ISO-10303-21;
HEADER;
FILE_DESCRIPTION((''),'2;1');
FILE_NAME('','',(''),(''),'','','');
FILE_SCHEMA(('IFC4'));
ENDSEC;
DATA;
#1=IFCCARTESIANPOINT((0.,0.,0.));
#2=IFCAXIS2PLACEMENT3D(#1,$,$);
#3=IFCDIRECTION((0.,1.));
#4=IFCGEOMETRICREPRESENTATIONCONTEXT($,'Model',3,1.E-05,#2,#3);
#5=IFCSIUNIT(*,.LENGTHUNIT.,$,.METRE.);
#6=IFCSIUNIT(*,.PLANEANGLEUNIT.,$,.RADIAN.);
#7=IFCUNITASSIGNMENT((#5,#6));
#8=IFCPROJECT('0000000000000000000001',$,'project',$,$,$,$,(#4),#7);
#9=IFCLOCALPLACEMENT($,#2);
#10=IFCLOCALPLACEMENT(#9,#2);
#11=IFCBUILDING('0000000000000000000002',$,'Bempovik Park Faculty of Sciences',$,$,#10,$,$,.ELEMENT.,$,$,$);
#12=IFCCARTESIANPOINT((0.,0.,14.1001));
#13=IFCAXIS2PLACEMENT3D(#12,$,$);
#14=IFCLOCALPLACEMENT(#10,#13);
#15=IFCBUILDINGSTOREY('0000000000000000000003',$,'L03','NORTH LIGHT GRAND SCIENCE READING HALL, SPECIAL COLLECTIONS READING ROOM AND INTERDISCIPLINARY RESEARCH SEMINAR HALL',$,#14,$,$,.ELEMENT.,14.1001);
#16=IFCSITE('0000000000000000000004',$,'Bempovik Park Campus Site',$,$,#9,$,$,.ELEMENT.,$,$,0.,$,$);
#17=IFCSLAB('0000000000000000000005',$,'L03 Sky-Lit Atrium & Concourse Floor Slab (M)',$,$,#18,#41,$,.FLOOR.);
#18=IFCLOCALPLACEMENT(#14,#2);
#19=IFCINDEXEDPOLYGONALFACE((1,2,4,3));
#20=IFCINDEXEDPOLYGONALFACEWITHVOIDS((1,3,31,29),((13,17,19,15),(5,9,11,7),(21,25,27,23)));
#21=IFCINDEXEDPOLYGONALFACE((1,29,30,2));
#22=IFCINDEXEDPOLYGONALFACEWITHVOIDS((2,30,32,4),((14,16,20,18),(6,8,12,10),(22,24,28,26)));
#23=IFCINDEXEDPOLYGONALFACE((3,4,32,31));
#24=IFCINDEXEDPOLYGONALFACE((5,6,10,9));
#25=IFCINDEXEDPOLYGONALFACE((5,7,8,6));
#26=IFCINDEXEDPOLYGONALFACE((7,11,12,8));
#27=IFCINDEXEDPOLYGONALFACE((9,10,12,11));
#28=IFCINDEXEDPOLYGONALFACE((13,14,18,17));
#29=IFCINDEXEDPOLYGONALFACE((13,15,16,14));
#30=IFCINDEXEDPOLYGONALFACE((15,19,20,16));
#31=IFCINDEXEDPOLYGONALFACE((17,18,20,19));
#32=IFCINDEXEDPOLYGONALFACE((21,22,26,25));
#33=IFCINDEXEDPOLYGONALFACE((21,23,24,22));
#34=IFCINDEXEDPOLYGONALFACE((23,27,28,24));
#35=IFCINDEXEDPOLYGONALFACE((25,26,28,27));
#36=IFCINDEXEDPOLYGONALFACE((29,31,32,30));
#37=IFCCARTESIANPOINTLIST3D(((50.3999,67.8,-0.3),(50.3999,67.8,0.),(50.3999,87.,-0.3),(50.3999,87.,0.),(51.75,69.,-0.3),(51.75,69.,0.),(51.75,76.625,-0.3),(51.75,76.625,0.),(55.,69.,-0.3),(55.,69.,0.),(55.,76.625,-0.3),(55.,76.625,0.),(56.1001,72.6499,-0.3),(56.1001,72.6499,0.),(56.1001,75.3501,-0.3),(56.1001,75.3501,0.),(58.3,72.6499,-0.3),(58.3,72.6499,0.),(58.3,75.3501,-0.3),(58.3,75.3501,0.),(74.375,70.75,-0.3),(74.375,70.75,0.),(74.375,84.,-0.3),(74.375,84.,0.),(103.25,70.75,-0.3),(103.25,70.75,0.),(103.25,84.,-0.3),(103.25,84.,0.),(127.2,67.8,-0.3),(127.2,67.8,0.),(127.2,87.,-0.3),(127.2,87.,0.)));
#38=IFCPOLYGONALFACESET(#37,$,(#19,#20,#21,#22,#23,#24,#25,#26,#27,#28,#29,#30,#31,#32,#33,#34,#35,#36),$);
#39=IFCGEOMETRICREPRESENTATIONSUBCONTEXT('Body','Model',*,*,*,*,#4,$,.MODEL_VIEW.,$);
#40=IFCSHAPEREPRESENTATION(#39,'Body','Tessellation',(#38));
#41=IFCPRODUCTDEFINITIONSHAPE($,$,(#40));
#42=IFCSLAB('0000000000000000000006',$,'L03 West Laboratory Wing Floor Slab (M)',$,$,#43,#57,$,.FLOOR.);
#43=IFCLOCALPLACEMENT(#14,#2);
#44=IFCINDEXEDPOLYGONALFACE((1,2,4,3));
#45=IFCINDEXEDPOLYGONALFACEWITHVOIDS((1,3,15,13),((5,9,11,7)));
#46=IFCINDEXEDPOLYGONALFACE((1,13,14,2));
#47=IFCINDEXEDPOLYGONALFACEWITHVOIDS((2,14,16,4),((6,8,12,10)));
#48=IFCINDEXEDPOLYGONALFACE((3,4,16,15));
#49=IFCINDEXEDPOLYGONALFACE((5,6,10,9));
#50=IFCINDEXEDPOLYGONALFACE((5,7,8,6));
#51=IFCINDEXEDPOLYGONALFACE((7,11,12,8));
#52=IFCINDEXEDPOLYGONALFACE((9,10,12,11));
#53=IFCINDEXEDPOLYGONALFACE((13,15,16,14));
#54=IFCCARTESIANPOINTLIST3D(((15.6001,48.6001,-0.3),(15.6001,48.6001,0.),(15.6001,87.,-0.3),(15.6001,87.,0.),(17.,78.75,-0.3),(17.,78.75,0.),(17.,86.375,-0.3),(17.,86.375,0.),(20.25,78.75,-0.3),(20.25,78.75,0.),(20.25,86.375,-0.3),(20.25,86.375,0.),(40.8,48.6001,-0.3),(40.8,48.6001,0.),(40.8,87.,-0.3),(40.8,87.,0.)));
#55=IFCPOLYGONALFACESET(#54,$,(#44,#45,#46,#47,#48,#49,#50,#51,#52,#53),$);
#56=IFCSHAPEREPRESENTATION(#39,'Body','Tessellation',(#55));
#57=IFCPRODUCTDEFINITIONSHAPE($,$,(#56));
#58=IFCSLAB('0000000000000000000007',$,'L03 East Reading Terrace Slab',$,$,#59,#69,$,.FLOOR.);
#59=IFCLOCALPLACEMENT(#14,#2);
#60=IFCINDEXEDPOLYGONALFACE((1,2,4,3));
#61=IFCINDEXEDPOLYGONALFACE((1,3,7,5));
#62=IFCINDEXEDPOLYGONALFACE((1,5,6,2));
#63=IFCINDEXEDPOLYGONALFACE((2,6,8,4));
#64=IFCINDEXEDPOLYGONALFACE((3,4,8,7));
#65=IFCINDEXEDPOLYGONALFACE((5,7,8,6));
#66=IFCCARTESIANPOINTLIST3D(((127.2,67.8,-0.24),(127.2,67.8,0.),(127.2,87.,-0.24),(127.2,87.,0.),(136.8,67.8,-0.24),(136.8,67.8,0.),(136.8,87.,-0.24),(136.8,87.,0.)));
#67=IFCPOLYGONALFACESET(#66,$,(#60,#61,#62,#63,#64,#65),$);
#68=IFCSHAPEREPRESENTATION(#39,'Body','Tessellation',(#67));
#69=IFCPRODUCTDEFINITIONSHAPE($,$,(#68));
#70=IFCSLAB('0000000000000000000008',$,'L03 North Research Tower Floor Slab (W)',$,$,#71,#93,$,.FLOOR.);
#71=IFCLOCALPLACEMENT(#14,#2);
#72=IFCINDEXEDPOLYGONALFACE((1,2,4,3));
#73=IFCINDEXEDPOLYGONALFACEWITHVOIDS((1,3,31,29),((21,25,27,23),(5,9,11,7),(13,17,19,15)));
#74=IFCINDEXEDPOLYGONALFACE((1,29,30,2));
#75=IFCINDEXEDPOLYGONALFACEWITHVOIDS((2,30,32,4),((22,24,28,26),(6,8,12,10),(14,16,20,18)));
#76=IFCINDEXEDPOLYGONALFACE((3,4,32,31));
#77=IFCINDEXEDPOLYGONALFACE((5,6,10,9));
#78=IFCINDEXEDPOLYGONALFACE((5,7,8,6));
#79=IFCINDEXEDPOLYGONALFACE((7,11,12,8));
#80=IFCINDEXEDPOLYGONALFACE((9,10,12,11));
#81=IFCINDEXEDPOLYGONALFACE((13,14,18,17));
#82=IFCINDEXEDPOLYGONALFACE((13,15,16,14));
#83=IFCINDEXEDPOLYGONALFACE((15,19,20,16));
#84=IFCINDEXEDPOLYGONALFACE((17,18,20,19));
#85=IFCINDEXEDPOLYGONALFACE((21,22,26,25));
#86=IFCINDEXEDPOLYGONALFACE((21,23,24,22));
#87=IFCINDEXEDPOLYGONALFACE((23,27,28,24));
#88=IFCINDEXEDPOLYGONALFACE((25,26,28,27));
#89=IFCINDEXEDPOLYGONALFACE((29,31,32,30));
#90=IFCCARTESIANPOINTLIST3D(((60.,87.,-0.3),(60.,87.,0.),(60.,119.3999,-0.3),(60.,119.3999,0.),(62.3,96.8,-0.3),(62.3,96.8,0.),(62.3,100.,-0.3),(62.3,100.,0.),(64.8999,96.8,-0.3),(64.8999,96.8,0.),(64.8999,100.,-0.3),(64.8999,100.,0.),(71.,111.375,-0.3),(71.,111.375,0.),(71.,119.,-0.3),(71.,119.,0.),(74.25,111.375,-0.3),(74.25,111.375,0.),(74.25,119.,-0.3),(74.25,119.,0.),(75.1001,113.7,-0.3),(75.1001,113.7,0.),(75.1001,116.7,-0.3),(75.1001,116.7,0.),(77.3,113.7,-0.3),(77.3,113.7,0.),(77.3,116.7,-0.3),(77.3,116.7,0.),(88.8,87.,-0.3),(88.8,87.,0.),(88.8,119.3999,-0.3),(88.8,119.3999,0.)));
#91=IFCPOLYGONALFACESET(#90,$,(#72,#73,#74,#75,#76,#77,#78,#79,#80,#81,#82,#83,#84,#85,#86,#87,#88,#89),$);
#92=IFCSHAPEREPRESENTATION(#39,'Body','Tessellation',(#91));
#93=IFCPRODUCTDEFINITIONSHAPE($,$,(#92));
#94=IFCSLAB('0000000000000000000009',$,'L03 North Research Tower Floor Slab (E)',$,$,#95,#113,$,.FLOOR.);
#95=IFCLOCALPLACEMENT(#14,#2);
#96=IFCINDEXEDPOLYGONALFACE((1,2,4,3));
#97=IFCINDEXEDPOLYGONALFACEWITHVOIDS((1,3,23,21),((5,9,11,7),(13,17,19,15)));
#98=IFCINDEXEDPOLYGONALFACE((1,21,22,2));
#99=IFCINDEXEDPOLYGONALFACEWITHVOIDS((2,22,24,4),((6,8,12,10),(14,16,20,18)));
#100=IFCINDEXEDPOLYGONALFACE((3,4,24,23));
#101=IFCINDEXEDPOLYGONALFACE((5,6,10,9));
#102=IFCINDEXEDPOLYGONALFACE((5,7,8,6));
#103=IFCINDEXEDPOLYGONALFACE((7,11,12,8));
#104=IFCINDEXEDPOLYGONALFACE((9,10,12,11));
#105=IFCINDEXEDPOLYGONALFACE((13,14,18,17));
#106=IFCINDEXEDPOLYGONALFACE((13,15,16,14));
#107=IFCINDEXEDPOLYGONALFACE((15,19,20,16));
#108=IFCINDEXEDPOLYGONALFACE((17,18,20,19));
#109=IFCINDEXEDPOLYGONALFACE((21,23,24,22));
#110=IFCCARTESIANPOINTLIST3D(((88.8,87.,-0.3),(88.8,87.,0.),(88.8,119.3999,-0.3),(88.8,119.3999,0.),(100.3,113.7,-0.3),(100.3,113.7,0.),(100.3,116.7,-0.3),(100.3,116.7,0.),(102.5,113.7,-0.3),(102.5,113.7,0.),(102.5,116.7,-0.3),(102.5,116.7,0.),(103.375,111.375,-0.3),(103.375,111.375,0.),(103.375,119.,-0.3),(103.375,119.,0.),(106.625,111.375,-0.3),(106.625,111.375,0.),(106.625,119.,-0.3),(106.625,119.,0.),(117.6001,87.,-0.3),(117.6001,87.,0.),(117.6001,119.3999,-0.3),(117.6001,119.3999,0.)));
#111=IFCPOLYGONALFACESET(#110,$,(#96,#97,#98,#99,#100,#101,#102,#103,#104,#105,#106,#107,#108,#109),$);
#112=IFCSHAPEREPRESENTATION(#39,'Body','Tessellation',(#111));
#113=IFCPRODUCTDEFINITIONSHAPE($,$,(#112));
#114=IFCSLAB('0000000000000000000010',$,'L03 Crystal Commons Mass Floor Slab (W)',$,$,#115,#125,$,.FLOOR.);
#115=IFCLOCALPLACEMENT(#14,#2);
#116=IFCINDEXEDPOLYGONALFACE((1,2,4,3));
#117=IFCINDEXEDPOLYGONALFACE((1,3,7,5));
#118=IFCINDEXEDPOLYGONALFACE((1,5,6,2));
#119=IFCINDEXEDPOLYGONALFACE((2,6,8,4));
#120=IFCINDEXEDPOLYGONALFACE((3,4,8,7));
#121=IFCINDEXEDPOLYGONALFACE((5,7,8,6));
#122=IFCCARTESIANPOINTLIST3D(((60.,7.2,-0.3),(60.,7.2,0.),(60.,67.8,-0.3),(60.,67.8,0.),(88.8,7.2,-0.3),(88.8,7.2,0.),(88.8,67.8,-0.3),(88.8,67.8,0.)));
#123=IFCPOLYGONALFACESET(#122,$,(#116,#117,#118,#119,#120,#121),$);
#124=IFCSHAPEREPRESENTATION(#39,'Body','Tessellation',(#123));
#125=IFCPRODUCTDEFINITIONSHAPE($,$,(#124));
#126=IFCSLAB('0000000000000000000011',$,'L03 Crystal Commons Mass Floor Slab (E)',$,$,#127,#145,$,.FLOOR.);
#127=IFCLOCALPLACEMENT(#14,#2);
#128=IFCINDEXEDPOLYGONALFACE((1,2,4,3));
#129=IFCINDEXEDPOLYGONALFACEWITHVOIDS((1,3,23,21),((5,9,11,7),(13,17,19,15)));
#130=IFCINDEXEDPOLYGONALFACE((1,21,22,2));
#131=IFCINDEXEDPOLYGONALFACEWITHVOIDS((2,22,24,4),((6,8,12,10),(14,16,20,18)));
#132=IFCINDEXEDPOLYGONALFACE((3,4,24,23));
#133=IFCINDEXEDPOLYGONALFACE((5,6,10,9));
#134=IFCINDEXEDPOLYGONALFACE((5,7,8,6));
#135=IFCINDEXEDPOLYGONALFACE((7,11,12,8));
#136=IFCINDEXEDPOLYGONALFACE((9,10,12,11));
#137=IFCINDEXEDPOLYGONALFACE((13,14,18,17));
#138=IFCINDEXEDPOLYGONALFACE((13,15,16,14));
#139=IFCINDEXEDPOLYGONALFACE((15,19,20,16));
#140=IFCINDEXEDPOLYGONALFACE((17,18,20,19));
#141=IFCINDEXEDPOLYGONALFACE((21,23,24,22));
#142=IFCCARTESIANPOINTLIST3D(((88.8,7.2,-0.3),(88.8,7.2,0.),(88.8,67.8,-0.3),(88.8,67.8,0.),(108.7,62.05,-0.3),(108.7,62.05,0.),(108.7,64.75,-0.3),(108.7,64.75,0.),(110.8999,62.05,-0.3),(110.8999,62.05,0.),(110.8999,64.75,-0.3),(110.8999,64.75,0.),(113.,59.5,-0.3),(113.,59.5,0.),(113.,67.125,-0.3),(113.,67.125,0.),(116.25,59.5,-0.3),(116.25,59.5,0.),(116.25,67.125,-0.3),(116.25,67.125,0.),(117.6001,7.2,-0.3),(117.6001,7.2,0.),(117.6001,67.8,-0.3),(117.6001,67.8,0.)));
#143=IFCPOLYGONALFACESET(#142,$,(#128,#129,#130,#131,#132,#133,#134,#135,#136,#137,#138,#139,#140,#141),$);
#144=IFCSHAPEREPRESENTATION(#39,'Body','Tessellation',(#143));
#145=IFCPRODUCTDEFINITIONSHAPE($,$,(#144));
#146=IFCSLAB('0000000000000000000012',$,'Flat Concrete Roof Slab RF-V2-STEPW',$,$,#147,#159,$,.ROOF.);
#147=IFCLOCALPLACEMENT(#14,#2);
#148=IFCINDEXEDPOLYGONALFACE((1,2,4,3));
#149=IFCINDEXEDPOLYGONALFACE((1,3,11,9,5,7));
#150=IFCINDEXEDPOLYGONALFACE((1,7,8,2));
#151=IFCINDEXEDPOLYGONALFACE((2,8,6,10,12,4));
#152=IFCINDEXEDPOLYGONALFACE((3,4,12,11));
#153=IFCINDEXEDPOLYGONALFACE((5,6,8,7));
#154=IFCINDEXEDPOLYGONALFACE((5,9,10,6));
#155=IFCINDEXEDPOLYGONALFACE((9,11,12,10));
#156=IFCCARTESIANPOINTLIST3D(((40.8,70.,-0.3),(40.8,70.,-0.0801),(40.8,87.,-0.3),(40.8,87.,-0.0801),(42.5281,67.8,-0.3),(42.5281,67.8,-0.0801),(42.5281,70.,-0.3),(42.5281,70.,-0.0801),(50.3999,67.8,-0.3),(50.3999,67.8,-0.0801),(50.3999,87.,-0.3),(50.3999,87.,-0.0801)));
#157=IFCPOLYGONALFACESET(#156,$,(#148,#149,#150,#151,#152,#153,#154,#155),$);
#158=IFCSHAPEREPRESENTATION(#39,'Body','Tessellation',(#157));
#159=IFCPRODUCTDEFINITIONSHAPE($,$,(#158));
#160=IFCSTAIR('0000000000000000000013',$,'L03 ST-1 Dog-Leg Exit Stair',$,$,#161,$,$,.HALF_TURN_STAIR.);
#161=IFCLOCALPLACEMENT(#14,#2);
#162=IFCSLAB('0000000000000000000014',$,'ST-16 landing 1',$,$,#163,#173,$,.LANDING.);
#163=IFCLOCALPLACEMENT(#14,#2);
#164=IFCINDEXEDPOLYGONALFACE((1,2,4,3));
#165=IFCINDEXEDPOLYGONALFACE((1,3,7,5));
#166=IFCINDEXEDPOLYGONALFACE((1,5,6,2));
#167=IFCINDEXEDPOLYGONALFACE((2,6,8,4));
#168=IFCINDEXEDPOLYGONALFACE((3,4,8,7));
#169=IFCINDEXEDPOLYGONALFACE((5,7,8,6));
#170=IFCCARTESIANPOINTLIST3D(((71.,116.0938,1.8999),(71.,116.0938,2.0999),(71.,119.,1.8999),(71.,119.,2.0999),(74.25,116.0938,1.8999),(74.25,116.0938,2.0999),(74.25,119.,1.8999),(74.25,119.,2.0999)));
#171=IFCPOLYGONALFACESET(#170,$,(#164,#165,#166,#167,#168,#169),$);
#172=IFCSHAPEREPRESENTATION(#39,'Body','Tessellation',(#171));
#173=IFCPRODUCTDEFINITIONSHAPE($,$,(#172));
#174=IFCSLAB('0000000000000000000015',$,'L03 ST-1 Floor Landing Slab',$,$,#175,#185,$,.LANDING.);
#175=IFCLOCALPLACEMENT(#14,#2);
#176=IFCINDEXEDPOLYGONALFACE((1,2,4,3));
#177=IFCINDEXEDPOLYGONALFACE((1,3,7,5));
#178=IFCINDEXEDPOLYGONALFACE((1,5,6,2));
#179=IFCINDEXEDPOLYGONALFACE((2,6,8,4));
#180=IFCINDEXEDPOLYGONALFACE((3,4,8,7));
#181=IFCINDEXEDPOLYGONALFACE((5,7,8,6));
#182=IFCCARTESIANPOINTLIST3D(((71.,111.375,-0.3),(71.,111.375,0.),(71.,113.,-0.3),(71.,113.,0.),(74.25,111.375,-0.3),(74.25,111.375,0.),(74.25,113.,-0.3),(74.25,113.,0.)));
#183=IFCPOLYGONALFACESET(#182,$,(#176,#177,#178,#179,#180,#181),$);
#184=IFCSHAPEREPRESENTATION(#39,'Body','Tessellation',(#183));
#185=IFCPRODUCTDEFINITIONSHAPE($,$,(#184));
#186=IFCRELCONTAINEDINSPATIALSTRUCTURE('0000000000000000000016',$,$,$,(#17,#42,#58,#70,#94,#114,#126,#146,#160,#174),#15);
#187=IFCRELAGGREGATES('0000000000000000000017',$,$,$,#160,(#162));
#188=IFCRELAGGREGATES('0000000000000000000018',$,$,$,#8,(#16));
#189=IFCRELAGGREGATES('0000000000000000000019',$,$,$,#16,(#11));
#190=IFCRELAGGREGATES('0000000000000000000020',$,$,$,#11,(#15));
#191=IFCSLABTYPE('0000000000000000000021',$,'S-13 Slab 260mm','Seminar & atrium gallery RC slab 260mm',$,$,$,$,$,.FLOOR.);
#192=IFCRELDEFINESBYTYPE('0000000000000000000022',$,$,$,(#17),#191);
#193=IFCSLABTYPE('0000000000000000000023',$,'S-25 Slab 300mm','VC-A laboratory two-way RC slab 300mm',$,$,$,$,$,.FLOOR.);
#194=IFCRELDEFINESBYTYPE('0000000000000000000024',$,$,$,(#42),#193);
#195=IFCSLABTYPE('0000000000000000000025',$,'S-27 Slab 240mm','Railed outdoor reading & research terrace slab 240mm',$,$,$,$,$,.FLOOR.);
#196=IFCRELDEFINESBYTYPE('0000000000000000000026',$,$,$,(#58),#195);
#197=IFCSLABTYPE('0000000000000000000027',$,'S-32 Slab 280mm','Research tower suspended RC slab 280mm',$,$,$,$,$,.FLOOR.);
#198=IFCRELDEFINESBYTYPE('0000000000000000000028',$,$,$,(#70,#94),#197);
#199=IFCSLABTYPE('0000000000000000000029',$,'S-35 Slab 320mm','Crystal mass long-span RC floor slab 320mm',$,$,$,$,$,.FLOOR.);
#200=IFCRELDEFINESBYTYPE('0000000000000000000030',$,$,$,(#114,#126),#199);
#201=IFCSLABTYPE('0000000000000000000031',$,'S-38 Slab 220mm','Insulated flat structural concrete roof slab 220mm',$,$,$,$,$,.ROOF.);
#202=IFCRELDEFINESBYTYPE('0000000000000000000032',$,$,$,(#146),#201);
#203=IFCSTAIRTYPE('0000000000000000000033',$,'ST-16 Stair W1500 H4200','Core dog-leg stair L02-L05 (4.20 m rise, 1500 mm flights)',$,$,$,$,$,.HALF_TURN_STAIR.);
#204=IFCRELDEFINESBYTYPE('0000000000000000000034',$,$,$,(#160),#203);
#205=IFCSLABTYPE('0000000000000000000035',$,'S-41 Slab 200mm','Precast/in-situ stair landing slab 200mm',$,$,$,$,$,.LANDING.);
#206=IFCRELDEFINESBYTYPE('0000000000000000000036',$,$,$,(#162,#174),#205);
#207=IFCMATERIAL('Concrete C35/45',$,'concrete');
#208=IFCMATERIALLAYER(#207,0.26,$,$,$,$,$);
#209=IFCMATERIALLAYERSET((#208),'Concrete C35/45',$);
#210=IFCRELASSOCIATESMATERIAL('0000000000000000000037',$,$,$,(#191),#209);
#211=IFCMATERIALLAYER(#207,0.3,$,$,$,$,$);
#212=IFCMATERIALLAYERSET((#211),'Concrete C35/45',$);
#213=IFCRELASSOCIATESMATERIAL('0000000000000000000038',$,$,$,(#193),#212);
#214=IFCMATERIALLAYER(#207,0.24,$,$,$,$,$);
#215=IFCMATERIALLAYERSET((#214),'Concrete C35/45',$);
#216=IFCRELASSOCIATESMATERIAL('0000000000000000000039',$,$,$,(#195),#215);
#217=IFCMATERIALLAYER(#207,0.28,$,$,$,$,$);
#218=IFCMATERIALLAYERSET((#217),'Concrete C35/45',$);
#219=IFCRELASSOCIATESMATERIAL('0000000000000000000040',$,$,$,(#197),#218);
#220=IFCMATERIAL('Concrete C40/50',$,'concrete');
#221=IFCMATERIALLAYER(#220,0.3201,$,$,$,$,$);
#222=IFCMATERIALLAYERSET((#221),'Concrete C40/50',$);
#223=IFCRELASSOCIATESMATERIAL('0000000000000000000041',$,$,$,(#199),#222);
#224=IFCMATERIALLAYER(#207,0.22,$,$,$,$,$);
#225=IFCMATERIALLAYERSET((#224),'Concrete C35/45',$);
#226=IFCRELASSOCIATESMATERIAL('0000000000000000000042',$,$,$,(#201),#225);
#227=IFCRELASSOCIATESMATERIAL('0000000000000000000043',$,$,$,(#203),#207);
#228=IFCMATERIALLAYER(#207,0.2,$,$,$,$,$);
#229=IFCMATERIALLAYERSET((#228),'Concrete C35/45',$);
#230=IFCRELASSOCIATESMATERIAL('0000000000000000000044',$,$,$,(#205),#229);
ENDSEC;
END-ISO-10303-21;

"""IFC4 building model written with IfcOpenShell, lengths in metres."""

from ifc_helpers import new_model, si_unit, direction, frame, origin, place, context, subcontext, project, spatial, polyline, outline, extrude, material, layer, layer_set, type_object, element, aggregate, save


model = new_model("IFC4")

# Units and contexts
model_context = context("Model", 3, precision=1e-05, world=origin(), true_north=direction((0.0, 1.0)))
body_context = subcontext(model_context, "Body", "Model", "MODEL_VIEW")
ifc_project = project(units=[si_unit("LENGTHUNIT", "METRE"), si_unit("PLANEANGLEUNIT", "RADIAN")], contexts=[model_context])

# Site, building, storey
site_placement = place(None, origin())
site = spatial("IfcSite", under=ifc_project, at=site_placement, Name="Bempovik Park Campus Site", CompositionType="ELEMENT", RefElevation=0.0)
building_placement = place(site_placement, origin())
building = spatial("IfcBuilding", under=site, at=building_placement, Name="Bempovik Park Faculty of Sciences", CompositionType="ELEMENT")
storey_placement = place(building_placement, frame((0.0, 0.0, 14.1001)))
storey = spatial("IfcBuildingStorey", under=building, at=storey_placement, Name="L03", Description="NORTH LIGHT GRAND SCIENCE READING HALL, SPECIAL COLLECTIONS READING ROOM AND INTERDISCIPLINARY RESEARCH SEMINAR HALL", CompositionType="ELEMENT", Elevation=14.1001)

# Slabs
ifc_material_1 = material(Name="Concrete C35/45", Category="concrete")
ifc_layer_1 = layer(ifc_material_1, 0.26)
ifc_layer_set_1 = layer_set([ifc_layer_1], Name="Concrete C35/45")
slab_type_1 = type_object("IfcSlabType", Name="S-13 Slab 260mm", Description="Seminar & atrium gallery RC slab 260mm", PredefinedType="FLOOR", material=ifc_layer_set_1)
slab_1_placement = place(storey_placement, frame((0.0, 0.0, -0.3)))
element("IfcSlab", 1, at=slab_1_placement, inside=storey, type_object=slab_type_1, Name="L03 Sky-Lit Atrium & Concourse Floor Slab (M)", PredefinedType="FLOOR", context=body_context, shape_type="SweptSolid", body=[
    extrude(outline(polyline([(50.3999, 67.8), (127.2, 67.8), (127.2, 87.0), (50.3999, 87.0), (50.3999, 67.8)]), holes=[polyline([(51.75, 69.0), (55.0, 69.0), (55.0, 76.625), (51.75, 76.625), (51.75, 69.0)]), polyline([(56.1001, 72.6499), (58.3, 72.6499), (58.3, 75.3501), (56.1001, 75.3501), (56.1001, 72.6499)]), polyline([(74.375, 70.75), (103.25, 70.75), (103.25, 84.0), (74.375, 84.0), (74.375, 70.75)])]), origin(), (0.0, 0.0, 1.0), 0.3),
])
ifc_layer_2 = layer(ifc_material_1, 0.3)
ifc_layer_set_2 = layer_set([ifc_layer_2], Name="Concrete C35/45")
slab_type_2 = type_object("IfcSlabType", Name="S-25 Slab 300mm", Description="VC-A laboratory two-way RC slab 300mm", PredefinedType="FLOOR", material=ifc_layer_set_2)
slab_2_placement = place(storey_placement, frame((0.0, 0.0, -0.3)))
element("IfcSlab", 2, at=slab_2_placement, inside=storey, type_object=slab_type_2, Name="L03 West Laboratory Wing Floor Slab (M)", PredefinedType="FLOOR", context=body_context, shape_type="SweptSolid", body=[
    extrude(outline(polyline([(15.6001, 48.6001), (40.8, 48.6001), (40.8, 87.0), (15.6001, 87.0), (15.6001, 48.6001)]), holes=[polyline([(17.0, 78.75), (20.25, 78.75), (20.25, 86.375), (17.0, 86.375), (17.0, 78.75)])]), origin(), (0.0, 0.0, 1.0), 0.3),
])
ifc_layer_3 = layer(ifc_material_1, 0.24)
ifc_layer_set_3 = layer_set([ifc_layer_3], Name="Concrete C35/45")
slab_type_3 = type_object("IfcSlabType", Name="S-27 Slab 240mm", Description="Railed outdoor reading & research terrace slab 240mm", PredefinedType="FLOOR", material=ifc_layer_set_3)
slab_3_placement = place(storey_placement, frame((0.0, 0.0, -0.24)))
element("IfcSlab", 3, at=slab_3_placement, inside=storey, type_object=slab_type_3, Name="L03 East Reading Terrace Slab", PredefinedType="FLOOR", context=body_context, shape_type="SweptSolid", body=[
    extrude(outline(polyline([(127.2, 67.8), (136.8, 67.8), (136.8, 87.0), (127.2, 87.0), (127.2, 67.8)])), origin(), (0.0, 0.0, 1.0), 0.24),
])
ifc_layer_4 = layer(ifc_material_1, 0.28)
ifc_layer_set_4 = layer_set([ifc_layer_4], Name="Concrete C35/45")
slab_type_4 = type_object("IfcSlabType", Name="S-32 Slab 280mm", Description="Research tower suspended RC slab 280mm", PredefinedType="FLOOR", material=ifc_layer_set_4)
slab_4_placement = place(storey_placement, frame((0.0, 0.0, -0.3)))
element("IfcSlab", 4, at=slab_4_placement, inside=storey, type_object=slab_type_4, Name="L03 North Research Tower Floor Slab (W)", PredefinedType="FLOOR", context=body_context, shape_type="SweptSolid", body=[
    extrude(outline(polyline([(60.0, 87.0), (88.8, 87.0), (88.8, 119.3999), (60.0, 119.3999), (60.0, 87.0)]), holes=[polyline([(71.0, 111.375), (74.25, 111.375), (74.25, 119.0), (71.0, 119.0), (71.0, 111.375)]), polyline([(75.1001, 113.7), (77.3, 113.7), (77.3, 116.7), (75.1001, 116.7), (75.1001, 113.7)]), polyline([(62.3, 96.8), (64.8999, 96.8), (64.8999, 100.0), (62.3, 100.0), (62.3, 96.8)])]), origin(), (0.0, 0.0, 1.0), 0.3),
])
slab_5_placement = place(storey_placement, frame((0.0, 0.0, -0.3)))
element("IfcSlab", 5, at=slab_5_placement, inside=storey, type_object=slab_type_4, Name="L03 North Research Tower Floor Slab (E)", PredefinedType="FLOOR", context=body_context, shape_type="SweptSolid", body=[
    extrude(outline(polyline([(88.8, 87.0), (117.6001, 87.0), (117.6001, 119.3999), (88.8, 119.3999), (88.8, 87.0)]), holes=[polyline([(103.375, 111.375), (106.625, 111.375), (106.625, 119.0), (103.375, 119.0), (103.375, 111.375)]), polyline([(100.3, 113.7), (102.5, 113.7), (102.5, 116.7), (100.3, 116.7), (100.3, 113.7)])]), origin(), (0.0, 0.0, 1.0), 0.3),
])
ifc_material_2 = material(Name="Concrete C40/50", Category="concrete")
ifc_layer_5 = layer(ifc_material_2, 0.3201)
ifc_layer_set_5 = layer_set([ifc_layer_5], Name="Concrete C40/50")
slab_type_5 = type_object("IfcSlabType", Name="S-35 Slab 320mm", Description="Crystal mass long-span RC floor slab 320mm", PredefinedType="FLOOR", material=ifc_layer_set_5)
slab_6_placement = place(storey_placement, frame((0.0, 0.0, -0.3)))
element("IfcSlab", 6, at=slab_6_placement, inside=storey, type_object=slab_type_5, Name="L03 Crystal Commons Mass Floor Slab (W)", PredefinedType="FLOOR", context=body_context, shape_type="SweptSolid", body=[
    extrude(outline(polyline([(60.0, 7.2), (88.8, 7.2), (88.8, 67.8), (60.0, 67.8), (60.0, 7.2)])), origin(), (0.0, 0.0, 1.0), 0.3),
])
slab_7_placement = place(storey_placement, frame((0.0, 0.0, -0.3)))
element("IfcSlab", 7, at=slab_7_placement, inside=storey, type_object=slab_type_5, Name="L03 Crystal Commons Mass Floor Slab (E)", PredefinedType="FLOOR", context=body_context, shape_type="SweptSolid", body=[
    extrude(outline(polyline([(88.8, 7.2), (117.6001, 7.2), (117.6001, 67.8), (88.8, 67.8), (88.8, 7.2)]), holes=[polyline([(113.0, 59.5), (116.25, 59.5), (116.25, 67.125), (113.0, 67.125), (113.0, 59.5)]), polyline([(108.7, 62.05), (110.8999, 62.05), (110.8999, 64.75), (108.7, 64.75), (108.7, 62.05)])]), origin(), (0.0, 0.0, 1.0), 0.3),
])
ifc_layer_6 = layer(ifc_material_1, 0.22)
ifc_layer_set_6 = layer_set([ifc_layer_6], Name="Concrete C35/45")
slab_type_6 = type_object("IfcSlabType", Name="S-38 Slab 220mm", Description="Insulated flat structural concrete roof slab 220mm", PredefinedType="ROOF", material=ifc_layer_set_6)
slab_8_placement = place(storey_placement, frame((0.0, 0.0, -0.3)))
element("IfcSlab", 8, at=slab_8_placement, inside=storey, type_object=slab_type_6, Name="Flat Concrete Roof Slab RF-V2-STEPW", PredefinedType="ROOF", context=body_context, shape_type="SweptSolid", body=[
    extrude(outline(polyline([(42.5281, 67.8), (50.3999, 67.8), (50.3999, 87.0), (40.8, 87.0), (40.8, 70.0), (42.5281, 70.0), (42.5281, 67.8)])), origin(), (0.0, 0.0, 1.0), 0.22),
])

# Stair, slab
stair_type = type_object("IfcStairType", Name="ST-16 Stair W1500 H4200", Description="Core dog-leg stair L02-L05 (4.20 m rise, 1500 mm flights)", PredefinedType="HALF_TURN_STAIR", material=ifc_material_1)
stair_1_placement = place(storey_placement, origin())
stair_1 = element("IfcStair", 9, at=stair_1_placement, inside=storey, type_object=stair_type, Name="L03 ST-1 Dog-Leg Exit Stair", PredefinedType="HALF_TURN_STAIR")
ifc_layer_7 = layer(ifc_material_1, 0.2)
ifc_layer_set_7 = layer_set([ifc_layer_7], Name="Concrete C35/45")
slab_type_7 = type_object("IfcSlabType", Name="S-41 Slab 200mm", Description="Precast/in-situ stair landing slab 200mm", PredefinedType="LANDING", material=ifc_layer_set_7)
slab_9_placement = place(storey_placement, frame((0.0, 0.0, 1.8999)))
slab_9 = element("IfcSlab", 10, at=slab_9_placement, type_object=slab_type_7, Name="ST-16 landing 1", PredefinedType="LANDING", context=body_context, shape_type="SweptSolid", body=[
    extrude(outline(polyline([(74.25, 116.0938), (74.25, 119.0), (71.0, 119.0), (71.0, 116.0938), (74.25, 116.0938)])), origin(), (0.0, 0.0, 1.0), 0.2),
])
aggregate(stair_1, [slab_9])

# Slab
slab_10_placement = place(storey_placement, frame((0.0, 0.0, -0.3)))
element("IfcSlab", 11, at=slab_10_placement, inside=storey, type_object=slab_type_7, Name="L03 ST-1 Floor Landing Slab", PredefinedType="LANDING", context=body_context, shape_type="SweptSolid", body=[
    extrude(outline(polyline([(74.25, 111.375), (74.25, 113.0), (71.0, 113.0), (71.0, 111.375), (74.25, 111.375)])), origin(), (0.0, 0.0, 1.0), 0.3),
])

save(model, "model.ifc")
